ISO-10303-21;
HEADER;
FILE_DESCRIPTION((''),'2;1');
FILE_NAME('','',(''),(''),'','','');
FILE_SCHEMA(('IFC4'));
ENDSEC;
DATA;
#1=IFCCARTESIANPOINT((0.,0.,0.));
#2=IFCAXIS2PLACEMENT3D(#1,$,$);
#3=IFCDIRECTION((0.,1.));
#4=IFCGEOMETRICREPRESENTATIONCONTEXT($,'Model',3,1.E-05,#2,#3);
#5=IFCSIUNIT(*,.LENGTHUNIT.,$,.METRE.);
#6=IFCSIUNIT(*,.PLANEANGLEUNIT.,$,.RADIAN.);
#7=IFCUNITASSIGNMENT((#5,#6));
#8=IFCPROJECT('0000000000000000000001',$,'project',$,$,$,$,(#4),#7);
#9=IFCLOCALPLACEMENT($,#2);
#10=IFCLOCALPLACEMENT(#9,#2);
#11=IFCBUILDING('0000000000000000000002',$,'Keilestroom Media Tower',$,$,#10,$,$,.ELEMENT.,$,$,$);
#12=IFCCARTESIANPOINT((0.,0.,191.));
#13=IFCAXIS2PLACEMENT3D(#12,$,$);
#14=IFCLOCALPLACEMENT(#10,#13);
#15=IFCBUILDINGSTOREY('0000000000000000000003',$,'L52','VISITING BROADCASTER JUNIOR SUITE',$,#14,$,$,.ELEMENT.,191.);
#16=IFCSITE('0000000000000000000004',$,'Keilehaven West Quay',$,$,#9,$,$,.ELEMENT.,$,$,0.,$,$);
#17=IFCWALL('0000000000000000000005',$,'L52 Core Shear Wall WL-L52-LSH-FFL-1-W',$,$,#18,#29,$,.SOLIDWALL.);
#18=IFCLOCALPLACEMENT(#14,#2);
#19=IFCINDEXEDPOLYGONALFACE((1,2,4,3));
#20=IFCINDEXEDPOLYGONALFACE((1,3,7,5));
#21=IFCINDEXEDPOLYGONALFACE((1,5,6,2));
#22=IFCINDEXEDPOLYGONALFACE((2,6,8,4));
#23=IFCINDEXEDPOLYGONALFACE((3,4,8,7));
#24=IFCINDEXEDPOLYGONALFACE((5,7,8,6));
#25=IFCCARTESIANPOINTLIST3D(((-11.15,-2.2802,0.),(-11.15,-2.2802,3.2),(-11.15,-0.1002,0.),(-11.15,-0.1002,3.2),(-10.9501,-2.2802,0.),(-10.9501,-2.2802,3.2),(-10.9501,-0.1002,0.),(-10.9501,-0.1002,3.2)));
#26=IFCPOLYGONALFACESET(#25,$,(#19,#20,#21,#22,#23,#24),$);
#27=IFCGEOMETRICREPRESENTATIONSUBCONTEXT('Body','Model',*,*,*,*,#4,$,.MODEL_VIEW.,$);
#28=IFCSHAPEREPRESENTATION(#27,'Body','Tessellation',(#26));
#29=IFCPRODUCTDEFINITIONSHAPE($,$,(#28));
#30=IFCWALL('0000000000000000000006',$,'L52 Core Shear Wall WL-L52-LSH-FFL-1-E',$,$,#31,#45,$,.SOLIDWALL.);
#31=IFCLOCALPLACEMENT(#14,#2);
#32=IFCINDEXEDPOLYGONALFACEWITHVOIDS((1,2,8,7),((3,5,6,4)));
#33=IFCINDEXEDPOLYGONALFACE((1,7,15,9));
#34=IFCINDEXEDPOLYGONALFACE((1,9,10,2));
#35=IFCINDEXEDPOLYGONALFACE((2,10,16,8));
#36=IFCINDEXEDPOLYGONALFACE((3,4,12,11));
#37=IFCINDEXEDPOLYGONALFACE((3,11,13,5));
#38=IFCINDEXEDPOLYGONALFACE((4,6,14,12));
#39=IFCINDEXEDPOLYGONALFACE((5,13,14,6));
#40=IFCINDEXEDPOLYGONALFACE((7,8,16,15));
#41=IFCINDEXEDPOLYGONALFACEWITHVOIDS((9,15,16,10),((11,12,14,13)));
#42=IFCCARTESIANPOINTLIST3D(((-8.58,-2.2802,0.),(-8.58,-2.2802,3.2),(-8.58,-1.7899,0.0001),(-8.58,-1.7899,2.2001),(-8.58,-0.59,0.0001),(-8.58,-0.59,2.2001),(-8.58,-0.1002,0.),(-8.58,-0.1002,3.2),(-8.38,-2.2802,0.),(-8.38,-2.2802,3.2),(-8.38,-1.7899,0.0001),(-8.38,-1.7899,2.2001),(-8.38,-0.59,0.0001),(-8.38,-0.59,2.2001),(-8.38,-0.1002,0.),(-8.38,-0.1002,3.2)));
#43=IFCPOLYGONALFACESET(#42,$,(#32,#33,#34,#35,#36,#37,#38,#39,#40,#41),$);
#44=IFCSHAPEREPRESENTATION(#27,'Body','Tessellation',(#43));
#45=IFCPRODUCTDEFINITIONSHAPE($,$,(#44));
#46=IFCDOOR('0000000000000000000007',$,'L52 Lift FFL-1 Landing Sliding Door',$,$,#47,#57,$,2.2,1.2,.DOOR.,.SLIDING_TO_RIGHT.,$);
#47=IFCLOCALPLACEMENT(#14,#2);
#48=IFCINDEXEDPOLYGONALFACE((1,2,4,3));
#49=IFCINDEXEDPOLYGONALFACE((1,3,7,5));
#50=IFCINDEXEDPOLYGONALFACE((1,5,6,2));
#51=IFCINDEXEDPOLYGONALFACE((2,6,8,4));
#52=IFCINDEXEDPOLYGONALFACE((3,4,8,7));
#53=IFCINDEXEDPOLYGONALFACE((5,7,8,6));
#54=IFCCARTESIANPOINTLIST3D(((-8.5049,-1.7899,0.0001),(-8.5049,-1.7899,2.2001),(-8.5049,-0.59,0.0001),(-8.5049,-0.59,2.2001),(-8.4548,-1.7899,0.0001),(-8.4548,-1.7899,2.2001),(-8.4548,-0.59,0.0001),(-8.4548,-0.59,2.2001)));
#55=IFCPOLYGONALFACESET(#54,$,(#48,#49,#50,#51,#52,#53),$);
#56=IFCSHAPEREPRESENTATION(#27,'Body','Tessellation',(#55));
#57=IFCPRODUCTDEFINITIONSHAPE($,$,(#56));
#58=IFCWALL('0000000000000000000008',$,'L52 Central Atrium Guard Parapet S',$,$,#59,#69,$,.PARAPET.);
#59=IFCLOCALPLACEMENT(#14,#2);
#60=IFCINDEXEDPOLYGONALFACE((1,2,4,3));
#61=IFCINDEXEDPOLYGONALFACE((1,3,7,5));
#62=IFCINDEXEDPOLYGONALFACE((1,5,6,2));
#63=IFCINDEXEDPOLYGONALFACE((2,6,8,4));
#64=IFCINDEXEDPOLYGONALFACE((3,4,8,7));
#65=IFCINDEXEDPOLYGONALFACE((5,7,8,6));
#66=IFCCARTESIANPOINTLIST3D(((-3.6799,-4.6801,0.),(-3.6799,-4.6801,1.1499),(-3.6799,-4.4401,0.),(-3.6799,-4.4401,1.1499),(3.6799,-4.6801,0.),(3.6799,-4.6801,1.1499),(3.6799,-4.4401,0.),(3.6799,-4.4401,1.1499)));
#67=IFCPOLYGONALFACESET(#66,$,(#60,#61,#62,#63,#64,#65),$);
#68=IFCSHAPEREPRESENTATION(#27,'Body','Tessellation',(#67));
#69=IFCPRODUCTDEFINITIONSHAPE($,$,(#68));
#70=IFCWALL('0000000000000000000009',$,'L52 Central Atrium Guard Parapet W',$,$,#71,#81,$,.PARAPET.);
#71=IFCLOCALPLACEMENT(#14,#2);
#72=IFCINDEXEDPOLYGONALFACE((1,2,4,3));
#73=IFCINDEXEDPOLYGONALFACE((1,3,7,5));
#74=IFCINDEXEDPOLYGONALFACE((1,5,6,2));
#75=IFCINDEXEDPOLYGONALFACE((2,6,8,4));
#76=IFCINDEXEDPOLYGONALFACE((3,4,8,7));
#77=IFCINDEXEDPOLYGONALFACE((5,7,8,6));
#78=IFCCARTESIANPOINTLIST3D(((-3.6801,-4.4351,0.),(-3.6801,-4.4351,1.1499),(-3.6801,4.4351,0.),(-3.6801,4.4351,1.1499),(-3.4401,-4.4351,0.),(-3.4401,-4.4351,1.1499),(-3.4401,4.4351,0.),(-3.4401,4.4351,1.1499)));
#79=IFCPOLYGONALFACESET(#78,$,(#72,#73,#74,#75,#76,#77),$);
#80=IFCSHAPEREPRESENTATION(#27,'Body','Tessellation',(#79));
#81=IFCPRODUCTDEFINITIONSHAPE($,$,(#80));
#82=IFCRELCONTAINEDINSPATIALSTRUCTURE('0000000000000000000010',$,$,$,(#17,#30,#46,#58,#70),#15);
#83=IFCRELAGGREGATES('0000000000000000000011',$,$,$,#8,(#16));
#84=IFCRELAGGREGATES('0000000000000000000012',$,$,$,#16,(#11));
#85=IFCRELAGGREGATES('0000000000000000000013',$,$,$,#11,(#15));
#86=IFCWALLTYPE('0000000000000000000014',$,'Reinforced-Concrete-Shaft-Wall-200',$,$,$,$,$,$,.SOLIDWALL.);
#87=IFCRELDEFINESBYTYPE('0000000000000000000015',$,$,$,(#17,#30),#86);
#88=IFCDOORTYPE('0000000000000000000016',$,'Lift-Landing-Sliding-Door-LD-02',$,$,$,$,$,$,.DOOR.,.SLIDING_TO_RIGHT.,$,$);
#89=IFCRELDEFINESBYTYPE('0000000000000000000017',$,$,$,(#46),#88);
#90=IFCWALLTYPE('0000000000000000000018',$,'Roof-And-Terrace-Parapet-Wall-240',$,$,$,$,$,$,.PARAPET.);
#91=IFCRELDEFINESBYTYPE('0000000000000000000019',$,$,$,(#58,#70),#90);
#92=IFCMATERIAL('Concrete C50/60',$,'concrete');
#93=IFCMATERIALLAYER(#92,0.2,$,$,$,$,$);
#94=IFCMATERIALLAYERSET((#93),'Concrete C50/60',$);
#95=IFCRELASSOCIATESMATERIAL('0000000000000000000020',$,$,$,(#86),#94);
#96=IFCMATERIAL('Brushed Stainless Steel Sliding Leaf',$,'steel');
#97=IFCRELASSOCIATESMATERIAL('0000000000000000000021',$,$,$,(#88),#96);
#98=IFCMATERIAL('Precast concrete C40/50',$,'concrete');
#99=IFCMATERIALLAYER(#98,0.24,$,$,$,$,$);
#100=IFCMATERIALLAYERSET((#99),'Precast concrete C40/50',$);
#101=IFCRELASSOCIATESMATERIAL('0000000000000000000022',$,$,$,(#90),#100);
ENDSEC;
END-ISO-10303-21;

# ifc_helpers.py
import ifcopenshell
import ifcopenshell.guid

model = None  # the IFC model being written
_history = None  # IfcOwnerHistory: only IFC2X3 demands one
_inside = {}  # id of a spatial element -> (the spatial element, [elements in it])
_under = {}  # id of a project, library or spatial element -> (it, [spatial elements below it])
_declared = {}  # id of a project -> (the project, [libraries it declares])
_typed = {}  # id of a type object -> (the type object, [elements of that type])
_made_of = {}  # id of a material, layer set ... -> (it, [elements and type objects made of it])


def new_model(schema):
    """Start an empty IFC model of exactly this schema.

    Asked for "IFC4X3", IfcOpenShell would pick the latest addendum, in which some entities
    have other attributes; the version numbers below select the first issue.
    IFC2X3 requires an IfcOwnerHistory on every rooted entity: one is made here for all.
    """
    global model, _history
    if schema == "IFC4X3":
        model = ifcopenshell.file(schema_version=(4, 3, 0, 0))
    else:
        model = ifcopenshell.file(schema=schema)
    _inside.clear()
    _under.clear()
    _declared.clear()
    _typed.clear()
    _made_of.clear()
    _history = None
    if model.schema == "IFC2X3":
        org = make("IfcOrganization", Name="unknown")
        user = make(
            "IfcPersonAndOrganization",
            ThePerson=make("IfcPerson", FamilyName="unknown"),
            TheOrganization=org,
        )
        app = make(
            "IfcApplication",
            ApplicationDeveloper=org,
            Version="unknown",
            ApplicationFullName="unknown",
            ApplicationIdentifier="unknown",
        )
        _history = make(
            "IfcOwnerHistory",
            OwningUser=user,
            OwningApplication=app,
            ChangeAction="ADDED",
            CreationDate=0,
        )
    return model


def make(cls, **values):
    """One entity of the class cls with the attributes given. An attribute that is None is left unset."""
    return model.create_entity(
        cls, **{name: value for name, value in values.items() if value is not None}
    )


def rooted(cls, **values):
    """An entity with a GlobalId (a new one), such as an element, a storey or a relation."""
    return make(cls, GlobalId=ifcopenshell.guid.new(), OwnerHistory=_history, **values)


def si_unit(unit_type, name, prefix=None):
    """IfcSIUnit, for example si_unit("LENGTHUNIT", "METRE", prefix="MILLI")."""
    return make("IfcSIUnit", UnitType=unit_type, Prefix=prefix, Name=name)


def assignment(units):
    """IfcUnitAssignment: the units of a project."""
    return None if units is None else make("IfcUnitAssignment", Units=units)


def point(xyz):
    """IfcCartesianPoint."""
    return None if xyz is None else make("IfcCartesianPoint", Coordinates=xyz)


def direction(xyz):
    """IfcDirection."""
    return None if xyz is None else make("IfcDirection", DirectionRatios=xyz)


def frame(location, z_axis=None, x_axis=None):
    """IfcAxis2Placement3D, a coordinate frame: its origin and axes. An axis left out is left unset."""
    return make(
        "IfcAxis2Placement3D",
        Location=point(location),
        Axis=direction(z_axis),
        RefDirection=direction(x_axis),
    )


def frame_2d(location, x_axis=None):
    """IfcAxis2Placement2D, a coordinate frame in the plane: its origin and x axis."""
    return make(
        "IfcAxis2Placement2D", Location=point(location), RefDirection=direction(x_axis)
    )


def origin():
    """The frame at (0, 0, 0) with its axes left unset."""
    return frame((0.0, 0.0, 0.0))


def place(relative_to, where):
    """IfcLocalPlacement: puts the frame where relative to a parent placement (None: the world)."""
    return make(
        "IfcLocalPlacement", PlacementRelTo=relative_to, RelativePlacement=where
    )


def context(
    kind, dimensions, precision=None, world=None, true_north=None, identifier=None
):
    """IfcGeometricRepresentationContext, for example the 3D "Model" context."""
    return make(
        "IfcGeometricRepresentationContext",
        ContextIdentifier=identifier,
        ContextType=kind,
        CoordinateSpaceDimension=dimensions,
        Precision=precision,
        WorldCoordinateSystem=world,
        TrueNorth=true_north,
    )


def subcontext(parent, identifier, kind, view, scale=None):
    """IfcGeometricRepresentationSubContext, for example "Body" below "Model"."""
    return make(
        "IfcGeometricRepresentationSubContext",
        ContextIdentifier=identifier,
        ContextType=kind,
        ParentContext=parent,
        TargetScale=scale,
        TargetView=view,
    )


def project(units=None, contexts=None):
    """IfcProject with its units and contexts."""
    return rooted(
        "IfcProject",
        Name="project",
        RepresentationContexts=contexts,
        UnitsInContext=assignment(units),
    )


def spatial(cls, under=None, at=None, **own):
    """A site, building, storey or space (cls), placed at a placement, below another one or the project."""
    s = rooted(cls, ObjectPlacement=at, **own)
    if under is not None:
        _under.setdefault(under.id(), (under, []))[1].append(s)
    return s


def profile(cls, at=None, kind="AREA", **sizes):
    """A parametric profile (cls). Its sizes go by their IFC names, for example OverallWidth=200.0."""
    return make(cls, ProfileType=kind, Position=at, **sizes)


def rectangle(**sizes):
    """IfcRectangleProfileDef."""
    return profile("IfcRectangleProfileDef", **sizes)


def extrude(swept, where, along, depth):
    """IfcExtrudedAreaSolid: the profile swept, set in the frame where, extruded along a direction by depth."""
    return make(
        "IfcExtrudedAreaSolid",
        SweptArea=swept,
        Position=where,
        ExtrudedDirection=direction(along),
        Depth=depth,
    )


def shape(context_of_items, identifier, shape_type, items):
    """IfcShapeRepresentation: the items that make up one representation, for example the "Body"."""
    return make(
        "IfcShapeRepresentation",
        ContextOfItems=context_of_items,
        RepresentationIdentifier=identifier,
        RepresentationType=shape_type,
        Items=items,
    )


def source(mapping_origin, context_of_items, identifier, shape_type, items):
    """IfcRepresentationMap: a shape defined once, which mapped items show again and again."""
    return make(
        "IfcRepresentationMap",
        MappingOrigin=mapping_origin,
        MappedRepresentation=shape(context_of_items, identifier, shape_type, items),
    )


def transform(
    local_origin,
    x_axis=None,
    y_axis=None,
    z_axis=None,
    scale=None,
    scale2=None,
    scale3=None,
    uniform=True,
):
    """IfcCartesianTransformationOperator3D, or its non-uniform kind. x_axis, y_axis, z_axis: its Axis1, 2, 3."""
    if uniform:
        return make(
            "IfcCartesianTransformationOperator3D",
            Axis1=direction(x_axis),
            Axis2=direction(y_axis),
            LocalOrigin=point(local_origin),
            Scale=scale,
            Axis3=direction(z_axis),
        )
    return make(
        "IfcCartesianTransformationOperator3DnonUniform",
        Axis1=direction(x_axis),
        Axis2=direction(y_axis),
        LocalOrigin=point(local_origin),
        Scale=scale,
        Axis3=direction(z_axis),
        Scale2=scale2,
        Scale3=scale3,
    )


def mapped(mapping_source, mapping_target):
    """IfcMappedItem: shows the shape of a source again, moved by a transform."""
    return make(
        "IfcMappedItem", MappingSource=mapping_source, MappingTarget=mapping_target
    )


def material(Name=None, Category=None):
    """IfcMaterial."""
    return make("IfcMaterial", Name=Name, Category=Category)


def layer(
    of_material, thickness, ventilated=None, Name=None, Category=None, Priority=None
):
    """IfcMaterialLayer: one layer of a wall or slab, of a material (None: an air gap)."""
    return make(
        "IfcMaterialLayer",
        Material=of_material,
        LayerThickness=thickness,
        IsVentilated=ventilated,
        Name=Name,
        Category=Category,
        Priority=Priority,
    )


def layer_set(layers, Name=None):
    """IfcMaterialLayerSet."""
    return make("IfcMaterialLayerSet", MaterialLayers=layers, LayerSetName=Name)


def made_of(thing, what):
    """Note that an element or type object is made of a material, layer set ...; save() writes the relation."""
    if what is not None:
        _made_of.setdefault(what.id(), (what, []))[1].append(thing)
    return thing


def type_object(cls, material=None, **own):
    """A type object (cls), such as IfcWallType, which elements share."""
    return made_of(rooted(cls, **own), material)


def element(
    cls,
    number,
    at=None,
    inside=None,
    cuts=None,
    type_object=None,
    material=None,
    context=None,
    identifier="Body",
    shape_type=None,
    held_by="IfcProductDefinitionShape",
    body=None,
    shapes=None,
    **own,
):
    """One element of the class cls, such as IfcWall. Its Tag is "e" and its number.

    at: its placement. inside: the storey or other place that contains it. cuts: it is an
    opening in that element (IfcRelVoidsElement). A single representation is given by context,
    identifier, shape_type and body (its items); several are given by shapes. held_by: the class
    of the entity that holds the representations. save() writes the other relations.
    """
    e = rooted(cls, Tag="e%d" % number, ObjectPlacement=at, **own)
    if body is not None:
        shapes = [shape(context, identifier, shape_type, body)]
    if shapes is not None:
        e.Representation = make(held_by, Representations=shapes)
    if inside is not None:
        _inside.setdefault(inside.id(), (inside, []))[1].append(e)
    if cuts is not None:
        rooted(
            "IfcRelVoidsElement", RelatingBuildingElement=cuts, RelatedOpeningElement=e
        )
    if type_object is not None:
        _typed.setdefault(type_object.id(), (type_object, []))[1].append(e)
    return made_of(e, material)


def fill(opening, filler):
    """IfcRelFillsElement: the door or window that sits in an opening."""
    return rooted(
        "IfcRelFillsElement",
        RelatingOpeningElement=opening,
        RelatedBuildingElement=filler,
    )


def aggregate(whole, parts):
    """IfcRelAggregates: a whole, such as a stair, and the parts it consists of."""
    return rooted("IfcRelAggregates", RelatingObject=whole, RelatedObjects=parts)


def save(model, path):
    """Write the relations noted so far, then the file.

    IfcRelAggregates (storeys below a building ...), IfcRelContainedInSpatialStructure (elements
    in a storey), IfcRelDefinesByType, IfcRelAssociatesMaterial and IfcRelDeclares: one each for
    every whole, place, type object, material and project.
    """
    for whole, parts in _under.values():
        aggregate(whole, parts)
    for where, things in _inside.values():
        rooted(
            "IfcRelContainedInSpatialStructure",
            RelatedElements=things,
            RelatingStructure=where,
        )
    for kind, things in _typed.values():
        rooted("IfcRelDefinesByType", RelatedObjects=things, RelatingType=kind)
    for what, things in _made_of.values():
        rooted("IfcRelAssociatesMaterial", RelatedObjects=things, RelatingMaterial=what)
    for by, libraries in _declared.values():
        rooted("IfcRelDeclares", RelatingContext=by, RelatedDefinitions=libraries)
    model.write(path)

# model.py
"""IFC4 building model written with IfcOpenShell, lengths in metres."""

from ifc_helpers import new_model, si_unit, direction, frame, frame_2d, origin, place, context, subcontext, project, spatial, rectangle, extrude, source, transform, mapped, material, layer, layer_set, type_object, element, fill, save


model = new_model("IFC4")

# Units and contexts
model_context = context("Model", 3, precision=1e-05, world=origin(), true_north=direction((0.0, 1.0)))
body_context = subcontext(model_context, "Body", "Model", "MODEL_VIEW")
ifc_project = project(units=[si_unit("LENGTHUNIT", "METRE"), si_unit("PLANEANGLEUNIT", "RADIAN")], contexts=[model_context])

# Site, building, storey
site_placement = place(None, origin())
site = spatial("IfcSite", under=ifc_project, at=site_placement, Name="Keilehaven West Quay", CompositionType="ELEMENT", RefElevation=0.0)
building_placement = place(site_placement, origin())
building = spatial("IfcBuilding", under=site, at=building_placement, Name="Keilestroom Media Tower", CompositionType="ELEMENT")
storey_placement = place(building_placement, frame((0.0, 0.0, 191.0)))
storey = spatial("IfcBuildingStorey", under=building, at=storey_placement, Name="L52", Description="VISITING BROADCASTER JUNIOR SUITE", CompositionType="ELEMENT", Elevation=191.0)

# Shared definitions
shared_shape_1 = source(origin(), body_context, "Body", "SweptSolid", [
    extrude(rectangle(XDim=1.2, YDim=2.2, at=frame_2d((0.6001, 1.1001))), frame((0.0, 0.0249, 0.0), z_axis=(0.0, -1.0, 0.0), x_axis=(1.0, 0.0, 0.0)), (0.0, 0.0, 1.0), 0.05),
])

# Shared definitions
ifc_material_1 = material(Name="Concrete C50/60", Category="concrete")
ifc_layer_1 = layer(ifc_material_1, 0.2)
ifc_layer_set_1 = layer_set([ifc_layer_1], Name="Concrete C50/60")
wall_type_1 = type_object("IfcWallType", Name="Reinforced-Concrete-Shaft-Wall-200", PredefinedType="SOLIDWALL", material=ifc_layer_set_1)

# Wall
wall_1_placement = place(storey_placement, frame((-11.05, -2.28, 0.0), z_axis=(0.0, 0.0, 1.0), x_axis=(0.0, 1.0, 0.0)))
element("IfcWall", 1, at=wall_1_placement, inside=storey, type_object=wall_type_1, Name="L52 Core Shear Wall WL-L52-LSH-FFL-1-W", PredefinedType="SOLIDWALL", context=body_context, shape_type="SweptSolid", body=[
    extrude(rectangle(XDim=2.1799, YDim=0.2, at=frame_2d((1.0898, 0.0))), origin(), (0.0, 0.0, 1.0), 3.2),
])

# Wall, opening, door
wall_2_placement = place(storey_placement, frame((-8.48, -2.28, 0.0), z_axis=(0.0, 0.0, 1.0), x_axis=(0.0, 1.0, 0.0)))
wall_2 = element("IfcWall", 2, at=wall_2_placement, inside=storey, type_object=wall_type_1, Name="L52 Core Shear Wall WL-L52-LSH-FFL-1-E", PredefinedType="SOLIDWALL", context=body_context, shape_type="SweptSolid", body=[
    extrude(rectangle(XDim=2.1799, YDim=0.2, at=frame_2d((1.0898, 0.0))), origin(), (0.0, 0.0, 1.0), 3.2),
])
opening_1_placement = place(wall_2_placement, frame((0.49, 0.0, 0.0)))
opening_1 = element("IfcOpeningElement", 3, at=opening_1_placement, cuts=wall_2, PredefinedType="OPENING", context=body_context, shape_type="SweptSolid", body=[
    extrude(rectangle(XDim=1.2, YDim=2.2, at=frame_2d((0.6001, 1.1001))), frame((0.0, 0.1099, 0.0), z_axis=(0.0, -1.0, 0.0), x_axis=(1.0, 0.0, 0.0)), (0.0, 0.0, 1.0), 0.22),
])
ifc_material_2 = material(Name="Brushed Stainless Steel Sliding Leaf", Category="steel")
door_type_1 = type_object("IfcDoorType", Name="Lift-Landing-Sliding-Door-LD-02", OperationType="SLIDING_TO_RIGHT", PredefinedType="DOOR", material=ifc_material_2)
door_1_placement = place(opening_1_placement, origin())
door_1 = element("IfcDoor", 4, at=door_1_placement, inside=storey, type_object=door_type_1, Name="L52 Lift FFL-1 Landing Sliding Door", OperationType="SLIDING_TO_RIGHT", OverallHeight=2.2, OverallWidth=1.2, PredefinedType="DOOR", context=body_context, shape_type="MappedRepresentation", body=[
    mapped(shared_shape_1, transform((0.0, 0.0, 0.0), x_axis=(1.0, 0.0, 0.0), y_axis=(0.0, 1.0, 0.0), z_axis=(0.0, 0.0, 1.0), scale=1.0)),
])
fill(opening_1, door_1)

# Walls
ifc_material_3 = material(Name="Precast concrete C40/50", Category="concrete")
ifc_layer_2 = layer(ifc_material_3, 0.24)
ifc_layer_set_2 = layer_set([ifc_layer_2], Name="Precast concrete C40/50")
wall_type_2 = type_object("IfcWallType", Name="Roof-And-Terrace-Parapet-Wall-240", PredefinedType="PARAPET", material=ifc_layer_set_2)
wall_3_placement = place(storey_placement, frame((-3.6799, -4.5601, 0.0), z_axis=(0.0, 0.0, 1.0), x_axis=(1.0, 0.0, 0.0)))
element("IfcWall", 5, at=wall_3_placement, inside=storey, type_object=wall_type_2, Name="L52 Central Atrium Guard Parapet S", PredefinedType="PARAPET", context=body_context, shape_type="SweptSolid", body=[
    extrude(rectangle(XDim=7.3599, YDim=0.24, at=frame_2d((3.6799, 0.0))), origin(), (0.0, 0.0, 1.0), 1.1499),
])
wall_4_placement = place(storey_placement, frame((-3.5601, -4.4351, 0.0), z_axis=(0.0, 0.0, 1.0), x_axis=(0.0, 1.0, 0.0)))
element("IfcWall", 6, at=wall_4_placement, inside=storey, type_object=wall_type_2, Name="L52 Central Atrium Guard Parapet W", PredefinedType="PARAPET", context=body_context, shape_type="SweptSolid", body=[
    extrude(rectangle(XDim=8.8701, YDim=0.24, at=frame_2d((4.4351, 0.0))), origin(), (0.0, 0.0, 1.0), 1.1499),
])

save(model, "model.ifc")
